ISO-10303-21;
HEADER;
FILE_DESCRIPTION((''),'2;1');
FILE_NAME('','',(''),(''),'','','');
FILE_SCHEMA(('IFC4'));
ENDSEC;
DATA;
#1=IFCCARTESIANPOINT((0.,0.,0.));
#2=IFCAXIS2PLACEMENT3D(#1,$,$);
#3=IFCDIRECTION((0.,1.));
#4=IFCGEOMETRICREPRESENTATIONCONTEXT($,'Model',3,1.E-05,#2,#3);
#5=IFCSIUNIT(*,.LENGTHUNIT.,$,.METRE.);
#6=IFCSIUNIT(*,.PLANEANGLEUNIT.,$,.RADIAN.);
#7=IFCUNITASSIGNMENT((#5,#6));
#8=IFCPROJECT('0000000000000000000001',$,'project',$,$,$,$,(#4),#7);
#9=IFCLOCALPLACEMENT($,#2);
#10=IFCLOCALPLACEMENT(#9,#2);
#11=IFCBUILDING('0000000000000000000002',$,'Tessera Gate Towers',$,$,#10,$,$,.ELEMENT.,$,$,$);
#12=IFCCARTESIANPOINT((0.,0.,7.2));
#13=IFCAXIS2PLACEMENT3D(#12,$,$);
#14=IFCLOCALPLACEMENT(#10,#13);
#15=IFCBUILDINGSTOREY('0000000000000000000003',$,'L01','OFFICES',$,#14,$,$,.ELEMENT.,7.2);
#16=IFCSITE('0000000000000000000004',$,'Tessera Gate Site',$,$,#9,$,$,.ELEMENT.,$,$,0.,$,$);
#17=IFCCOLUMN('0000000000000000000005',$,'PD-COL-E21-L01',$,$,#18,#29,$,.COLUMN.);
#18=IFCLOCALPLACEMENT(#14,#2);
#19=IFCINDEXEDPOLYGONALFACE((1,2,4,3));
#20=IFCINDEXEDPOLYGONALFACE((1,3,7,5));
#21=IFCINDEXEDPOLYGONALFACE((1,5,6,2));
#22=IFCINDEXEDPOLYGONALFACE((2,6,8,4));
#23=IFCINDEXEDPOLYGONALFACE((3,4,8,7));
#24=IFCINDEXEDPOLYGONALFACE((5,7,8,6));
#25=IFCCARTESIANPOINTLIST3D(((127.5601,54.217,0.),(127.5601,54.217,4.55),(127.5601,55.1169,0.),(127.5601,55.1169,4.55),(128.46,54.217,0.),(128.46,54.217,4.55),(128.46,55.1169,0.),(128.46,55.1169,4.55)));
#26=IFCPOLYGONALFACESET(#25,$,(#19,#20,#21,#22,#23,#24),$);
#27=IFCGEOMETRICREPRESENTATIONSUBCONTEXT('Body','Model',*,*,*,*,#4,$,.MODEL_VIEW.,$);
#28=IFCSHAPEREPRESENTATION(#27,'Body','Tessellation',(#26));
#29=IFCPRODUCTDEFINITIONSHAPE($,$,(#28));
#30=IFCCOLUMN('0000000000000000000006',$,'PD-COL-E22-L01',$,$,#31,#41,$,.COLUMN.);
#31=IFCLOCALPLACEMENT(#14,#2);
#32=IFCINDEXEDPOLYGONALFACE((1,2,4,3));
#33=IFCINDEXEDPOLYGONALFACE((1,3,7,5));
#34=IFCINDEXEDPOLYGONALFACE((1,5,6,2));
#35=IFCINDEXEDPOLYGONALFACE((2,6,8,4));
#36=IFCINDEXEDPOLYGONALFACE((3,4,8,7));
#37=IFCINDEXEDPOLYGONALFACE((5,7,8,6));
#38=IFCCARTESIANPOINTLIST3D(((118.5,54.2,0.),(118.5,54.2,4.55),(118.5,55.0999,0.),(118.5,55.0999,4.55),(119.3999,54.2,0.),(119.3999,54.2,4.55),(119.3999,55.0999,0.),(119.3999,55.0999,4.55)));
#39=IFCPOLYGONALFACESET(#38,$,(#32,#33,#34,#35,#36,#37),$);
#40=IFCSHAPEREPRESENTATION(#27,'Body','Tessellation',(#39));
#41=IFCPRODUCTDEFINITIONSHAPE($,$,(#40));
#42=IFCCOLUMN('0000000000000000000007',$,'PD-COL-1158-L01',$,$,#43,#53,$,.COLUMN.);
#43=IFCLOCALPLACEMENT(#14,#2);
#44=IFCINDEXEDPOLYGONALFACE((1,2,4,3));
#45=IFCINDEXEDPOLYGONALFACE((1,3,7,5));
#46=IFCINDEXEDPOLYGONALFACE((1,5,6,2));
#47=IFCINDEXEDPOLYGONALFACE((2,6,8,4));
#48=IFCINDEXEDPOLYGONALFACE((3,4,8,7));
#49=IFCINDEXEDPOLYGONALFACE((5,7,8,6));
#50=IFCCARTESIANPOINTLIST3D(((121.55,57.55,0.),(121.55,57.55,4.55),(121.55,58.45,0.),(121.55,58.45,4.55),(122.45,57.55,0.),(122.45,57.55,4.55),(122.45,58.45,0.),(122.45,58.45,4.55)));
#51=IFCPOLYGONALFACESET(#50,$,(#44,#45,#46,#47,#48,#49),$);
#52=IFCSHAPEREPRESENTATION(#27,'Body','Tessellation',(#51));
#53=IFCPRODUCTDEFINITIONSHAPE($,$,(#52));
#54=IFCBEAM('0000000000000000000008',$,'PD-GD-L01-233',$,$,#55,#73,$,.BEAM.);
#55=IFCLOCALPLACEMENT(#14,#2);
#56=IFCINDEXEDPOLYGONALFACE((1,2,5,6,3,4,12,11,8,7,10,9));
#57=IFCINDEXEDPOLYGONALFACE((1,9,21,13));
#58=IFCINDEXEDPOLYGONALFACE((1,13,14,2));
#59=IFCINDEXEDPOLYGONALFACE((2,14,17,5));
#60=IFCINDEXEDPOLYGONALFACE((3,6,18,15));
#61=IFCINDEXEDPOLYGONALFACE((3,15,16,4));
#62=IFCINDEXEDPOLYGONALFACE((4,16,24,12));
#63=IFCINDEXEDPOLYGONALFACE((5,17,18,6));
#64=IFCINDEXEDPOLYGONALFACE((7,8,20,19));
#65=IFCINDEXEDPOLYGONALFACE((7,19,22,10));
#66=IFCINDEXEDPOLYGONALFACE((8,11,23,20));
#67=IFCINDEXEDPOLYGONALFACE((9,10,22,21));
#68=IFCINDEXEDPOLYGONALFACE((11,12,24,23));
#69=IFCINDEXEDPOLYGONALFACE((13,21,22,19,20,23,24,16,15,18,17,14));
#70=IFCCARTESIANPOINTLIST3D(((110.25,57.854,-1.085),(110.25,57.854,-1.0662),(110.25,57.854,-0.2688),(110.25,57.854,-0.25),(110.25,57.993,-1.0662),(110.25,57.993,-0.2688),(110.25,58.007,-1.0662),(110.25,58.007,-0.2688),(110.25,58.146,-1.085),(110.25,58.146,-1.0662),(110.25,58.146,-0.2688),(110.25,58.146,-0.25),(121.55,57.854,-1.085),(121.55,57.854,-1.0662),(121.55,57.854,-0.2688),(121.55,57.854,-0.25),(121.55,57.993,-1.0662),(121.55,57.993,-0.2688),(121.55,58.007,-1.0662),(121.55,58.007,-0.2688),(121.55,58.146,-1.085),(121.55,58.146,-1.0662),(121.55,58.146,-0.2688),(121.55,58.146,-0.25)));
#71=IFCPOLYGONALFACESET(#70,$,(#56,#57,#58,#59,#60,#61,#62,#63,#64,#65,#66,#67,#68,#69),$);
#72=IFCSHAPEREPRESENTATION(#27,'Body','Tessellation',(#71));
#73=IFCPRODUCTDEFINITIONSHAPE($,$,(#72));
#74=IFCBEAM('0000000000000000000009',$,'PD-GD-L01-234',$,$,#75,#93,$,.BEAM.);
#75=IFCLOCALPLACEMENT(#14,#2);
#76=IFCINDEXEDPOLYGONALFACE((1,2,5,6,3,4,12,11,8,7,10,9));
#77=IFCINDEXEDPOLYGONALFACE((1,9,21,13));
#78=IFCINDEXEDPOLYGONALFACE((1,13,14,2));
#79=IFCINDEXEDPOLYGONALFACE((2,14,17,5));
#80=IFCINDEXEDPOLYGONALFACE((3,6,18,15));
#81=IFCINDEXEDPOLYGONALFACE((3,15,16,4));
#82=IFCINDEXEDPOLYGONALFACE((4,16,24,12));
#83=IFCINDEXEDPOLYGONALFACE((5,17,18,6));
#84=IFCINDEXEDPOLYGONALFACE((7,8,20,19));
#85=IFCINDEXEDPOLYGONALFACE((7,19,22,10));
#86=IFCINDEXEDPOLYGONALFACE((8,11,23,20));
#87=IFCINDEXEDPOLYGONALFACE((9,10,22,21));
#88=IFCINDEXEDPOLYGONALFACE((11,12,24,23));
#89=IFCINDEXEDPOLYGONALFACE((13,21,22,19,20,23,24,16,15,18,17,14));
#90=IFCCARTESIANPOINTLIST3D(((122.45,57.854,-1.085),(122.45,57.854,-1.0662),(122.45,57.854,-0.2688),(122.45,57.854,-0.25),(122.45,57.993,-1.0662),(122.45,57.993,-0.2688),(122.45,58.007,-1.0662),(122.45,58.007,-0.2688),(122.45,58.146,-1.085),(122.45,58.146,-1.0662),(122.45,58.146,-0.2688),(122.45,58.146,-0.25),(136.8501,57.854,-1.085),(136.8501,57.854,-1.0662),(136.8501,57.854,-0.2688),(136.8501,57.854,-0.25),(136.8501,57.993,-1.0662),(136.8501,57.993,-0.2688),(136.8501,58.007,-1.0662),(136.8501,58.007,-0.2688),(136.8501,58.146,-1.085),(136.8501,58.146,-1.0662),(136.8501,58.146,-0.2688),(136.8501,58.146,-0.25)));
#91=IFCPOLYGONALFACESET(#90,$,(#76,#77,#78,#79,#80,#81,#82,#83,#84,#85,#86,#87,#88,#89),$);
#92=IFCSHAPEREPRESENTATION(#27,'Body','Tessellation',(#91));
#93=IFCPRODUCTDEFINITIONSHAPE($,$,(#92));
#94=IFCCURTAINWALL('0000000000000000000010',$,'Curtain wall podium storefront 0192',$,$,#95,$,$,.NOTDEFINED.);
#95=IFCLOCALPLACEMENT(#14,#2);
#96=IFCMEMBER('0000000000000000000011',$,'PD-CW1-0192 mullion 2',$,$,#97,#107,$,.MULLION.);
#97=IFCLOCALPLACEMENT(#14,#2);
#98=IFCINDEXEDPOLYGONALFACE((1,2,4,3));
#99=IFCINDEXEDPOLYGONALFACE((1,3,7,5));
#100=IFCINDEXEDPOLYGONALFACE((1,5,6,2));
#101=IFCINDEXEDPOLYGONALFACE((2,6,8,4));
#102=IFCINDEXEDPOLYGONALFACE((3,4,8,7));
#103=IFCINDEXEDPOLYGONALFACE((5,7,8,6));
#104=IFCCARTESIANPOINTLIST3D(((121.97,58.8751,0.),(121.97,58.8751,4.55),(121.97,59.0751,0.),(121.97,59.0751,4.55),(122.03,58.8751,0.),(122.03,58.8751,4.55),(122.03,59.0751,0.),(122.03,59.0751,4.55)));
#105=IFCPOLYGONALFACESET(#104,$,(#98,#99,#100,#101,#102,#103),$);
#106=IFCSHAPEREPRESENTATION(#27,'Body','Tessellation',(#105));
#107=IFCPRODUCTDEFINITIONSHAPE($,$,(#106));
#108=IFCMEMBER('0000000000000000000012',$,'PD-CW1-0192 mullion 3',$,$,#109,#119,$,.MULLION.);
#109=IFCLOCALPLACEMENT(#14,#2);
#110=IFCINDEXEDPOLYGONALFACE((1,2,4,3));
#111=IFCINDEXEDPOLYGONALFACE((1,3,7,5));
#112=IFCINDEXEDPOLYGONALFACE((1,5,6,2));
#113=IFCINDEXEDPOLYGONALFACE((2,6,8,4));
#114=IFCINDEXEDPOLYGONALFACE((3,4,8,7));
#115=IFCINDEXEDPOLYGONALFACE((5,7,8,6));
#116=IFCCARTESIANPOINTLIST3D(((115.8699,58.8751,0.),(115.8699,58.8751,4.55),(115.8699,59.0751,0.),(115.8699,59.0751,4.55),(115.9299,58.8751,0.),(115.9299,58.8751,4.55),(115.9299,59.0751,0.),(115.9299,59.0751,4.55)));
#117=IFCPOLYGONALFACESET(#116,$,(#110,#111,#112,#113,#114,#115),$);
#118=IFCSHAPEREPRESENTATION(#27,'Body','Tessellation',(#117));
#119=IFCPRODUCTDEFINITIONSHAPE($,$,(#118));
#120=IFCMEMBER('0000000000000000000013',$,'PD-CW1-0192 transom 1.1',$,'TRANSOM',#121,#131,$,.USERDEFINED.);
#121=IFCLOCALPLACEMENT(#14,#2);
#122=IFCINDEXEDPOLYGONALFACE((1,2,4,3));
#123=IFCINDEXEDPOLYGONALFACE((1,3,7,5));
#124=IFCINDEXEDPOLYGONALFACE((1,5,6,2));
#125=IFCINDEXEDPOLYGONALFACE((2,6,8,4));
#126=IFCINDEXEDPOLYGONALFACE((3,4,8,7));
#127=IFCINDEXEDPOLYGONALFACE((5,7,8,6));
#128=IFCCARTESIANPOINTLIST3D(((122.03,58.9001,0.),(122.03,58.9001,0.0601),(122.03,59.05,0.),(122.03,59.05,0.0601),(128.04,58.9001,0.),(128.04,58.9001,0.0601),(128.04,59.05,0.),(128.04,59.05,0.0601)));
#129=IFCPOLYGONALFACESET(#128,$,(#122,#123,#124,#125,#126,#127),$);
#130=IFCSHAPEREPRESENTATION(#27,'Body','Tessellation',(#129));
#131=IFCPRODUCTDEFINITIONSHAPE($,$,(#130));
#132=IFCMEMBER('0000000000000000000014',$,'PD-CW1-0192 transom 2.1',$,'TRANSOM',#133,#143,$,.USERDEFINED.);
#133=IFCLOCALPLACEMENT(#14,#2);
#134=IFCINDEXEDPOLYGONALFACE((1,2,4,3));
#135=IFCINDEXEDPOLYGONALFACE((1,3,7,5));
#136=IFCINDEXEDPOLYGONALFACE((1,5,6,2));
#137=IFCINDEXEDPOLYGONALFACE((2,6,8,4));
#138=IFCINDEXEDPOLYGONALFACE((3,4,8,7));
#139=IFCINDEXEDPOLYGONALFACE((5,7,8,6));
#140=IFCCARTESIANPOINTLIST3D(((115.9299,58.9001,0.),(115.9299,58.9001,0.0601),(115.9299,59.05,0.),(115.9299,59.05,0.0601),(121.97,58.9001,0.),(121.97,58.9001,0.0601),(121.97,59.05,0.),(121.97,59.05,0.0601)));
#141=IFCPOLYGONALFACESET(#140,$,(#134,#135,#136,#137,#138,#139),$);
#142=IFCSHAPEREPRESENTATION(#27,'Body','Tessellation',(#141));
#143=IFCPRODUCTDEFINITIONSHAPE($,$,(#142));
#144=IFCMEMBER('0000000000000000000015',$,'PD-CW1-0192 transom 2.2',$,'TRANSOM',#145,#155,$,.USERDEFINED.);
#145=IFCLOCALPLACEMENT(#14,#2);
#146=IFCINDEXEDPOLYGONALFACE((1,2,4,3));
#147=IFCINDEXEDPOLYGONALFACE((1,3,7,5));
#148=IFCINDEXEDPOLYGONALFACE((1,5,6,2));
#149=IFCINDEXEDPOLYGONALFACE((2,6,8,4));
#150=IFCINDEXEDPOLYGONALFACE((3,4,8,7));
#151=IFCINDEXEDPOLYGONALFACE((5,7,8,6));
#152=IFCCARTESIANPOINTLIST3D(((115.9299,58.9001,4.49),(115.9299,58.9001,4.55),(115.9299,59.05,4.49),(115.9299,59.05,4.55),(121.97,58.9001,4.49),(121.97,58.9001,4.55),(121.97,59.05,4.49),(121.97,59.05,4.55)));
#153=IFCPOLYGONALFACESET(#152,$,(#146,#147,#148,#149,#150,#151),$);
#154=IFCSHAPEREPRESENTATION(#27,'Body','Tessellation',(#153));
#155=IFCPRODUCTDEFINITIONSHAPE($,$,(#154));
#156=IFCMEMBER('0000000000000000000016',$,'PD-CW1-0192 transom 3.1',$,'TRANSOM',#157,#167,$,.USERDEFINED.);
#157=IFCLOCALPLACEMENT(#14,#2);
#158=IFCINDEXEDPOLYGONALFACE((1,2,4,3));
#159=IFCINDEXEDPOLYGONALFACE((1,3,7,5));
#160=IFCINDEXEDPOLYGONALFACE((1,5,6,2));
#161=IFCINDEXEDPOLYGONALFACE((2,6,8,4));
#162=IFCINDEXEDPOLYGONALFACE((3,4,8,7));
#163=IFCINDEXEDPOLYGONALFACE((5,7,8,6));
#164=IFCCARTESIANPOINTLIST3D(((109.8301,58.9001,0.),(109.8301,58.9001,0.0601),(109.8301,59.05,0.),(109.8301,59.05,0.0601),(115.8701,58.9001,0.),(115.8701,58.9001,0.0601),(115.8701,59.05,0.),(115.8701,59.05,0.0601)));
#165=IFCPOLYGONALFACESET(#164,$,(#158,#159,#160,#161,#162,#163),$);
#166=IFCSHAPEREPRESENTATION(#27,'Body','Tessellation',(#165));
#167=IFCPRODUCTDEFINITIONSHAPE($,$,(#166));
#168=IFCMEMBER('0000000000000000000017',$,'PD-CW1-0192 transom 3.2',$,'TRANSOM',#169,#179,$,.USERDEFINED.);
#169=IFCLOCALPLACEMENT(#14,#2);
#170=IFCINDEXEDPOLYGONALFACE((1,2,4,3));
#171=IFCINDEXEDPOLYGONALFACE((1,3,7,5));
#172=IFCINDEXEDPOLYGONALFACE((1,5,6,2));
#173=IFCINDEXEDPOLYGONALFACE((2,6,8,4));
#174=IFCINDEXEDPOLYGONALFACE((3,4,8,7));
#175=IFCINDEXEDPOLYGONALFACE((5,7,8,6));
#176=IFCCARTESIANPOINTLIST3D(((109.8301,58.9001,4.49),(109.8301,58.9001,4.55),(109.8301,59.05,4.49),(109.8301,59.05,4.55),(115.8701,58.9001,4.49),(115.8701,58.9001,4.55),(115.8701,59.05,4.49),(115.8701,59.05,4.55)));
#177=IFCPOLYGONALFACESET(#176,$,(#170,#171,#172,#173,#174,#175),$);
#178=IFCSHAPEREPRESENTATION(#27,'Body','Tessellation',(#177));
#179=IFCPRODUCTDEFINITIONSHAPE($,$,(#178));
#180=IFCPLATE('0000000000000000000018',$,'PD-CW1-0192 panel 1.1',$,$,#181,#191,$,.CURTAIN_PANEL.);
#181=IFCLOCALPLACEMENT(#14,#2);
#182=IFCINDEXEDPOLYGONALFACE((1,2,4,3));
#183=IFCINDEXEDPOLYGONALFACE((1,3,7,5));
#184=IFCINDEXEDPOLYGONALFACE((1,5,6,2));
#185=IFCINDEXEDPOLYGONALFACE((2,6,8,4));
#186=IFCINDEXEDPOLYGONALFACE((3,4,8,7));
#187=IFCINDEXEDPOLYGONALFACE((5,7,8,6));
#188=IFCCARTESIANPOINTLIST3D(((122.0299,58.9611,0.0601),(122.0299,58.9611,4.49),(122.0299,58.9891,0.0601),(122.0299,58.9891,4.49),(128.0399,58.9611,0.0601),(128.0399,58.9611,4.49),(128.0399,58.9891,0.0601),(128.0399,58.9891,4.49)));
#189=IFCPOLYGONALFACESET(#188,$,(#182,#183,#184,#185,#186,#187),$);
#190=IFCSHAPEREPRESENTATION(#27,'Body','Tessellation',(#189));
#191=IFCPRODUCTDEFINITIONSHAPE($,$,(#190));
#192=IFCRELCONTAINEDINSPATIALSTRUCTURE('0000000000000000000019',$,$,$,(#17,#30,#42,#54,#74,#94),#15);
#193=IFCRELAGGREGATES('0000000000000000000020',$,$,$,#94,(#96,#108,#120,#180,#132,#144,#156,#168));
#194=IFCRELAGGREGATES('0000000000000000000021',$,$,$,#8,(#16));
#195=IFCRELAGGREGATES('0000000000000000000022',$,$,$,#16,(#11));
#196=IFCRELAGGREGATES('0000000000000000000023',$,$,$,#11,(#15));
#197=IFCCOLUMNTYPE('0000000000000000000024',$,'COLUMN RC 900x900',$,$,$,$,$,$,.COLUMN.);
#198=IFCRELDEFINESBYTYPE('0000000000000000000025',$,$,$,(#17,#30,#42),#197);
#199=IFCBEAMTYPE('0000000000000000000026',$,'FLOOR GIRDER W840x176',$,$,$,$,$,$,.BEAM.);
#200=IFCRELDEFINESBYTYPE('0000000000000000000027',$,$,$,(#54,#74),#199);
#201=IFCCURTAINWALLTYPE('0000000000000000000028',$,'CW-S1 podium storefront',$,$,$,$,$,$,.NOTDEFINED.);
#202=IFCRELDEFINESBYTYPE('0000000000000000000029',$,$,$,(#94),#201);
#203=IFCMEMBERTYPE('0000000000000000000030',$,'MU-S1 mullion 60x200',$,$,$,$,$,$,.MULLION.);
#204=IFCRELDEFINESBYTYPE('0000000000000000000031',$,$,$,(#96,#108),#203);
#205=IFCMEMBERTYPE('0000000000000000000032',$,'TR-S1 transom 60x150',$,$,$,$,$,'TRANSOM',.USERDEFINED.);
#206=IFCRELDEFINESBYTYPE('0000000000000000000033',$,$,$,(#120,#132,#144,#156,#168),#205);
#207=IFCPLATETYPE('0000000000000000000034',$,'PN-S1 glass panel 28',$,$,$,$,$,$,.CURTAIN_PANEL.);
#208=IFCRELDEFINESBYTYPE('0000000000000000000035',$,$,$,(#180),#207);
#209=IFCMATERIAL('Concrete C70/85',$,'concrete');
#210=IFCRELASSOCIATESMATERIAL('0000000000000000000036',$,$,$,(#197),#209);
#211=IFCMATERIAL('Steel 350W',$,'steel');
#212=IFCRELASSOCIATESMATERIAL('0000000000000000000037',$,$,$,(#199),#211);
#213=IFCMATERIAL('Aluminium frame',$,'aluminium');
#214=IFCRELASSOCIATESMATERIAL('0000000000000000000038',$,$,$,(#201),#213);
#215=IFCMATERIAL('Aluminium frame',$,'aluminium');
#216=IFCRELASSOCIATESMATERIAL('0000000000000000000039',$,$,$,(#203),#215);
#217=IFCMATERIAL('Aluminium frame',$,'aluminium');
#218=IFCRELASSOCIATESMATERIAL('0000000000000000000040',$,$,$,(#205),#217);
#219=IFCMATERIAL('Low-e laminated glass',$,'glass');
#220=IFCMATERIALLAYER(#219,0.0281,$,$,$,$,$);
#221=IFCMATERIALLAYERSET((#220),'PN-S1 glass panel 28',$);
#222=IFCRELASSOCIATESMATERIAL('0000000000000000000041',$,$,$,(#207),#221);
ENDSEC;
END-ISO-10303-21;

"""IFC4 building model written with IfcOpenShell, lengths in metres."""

from ifc_helpers import new_model, si_unit, direction, frame, origin, origin_2d, place, context, subcontext, project, spatial, rectangle, i_section, extrude, material, layer, layer_set, material_profile, profile_set, type_object, element, aggregate, save


model = new_model("IFC4")

# Units and contexts
model_context = context("Model", 3, precision=1e-05, world=origin(), true_north=direction((0.0, 1.0)))
body_context = subcontext(model_context, "Body", "Model", "MODEL_VIEW")
ifc_project = project(units=[si_unit("LENGTHUNIT", "METRE"), si_unit("PLANEANGLEUNIT", "RADIAN")], contexts=[model_context])

# Site, building, storey
site_placement = place(None, origin())
site = spatial("IfcSite", under=ifc_project, at=site_placement, Name="Tessera Gate Site", CompositionType="ELEMENT", RefElevation=0.0)
building_placement = place(site_placement, origin())
building = spatial("IfcBuilding", under=site, at=building_placement, Name="Tessera Gate Towers", CompositionType="ELEMENT")
storey_placement = place(building_placement, frame((0.0, 0.0, 7.2)))
storey = spatial("IfcBuildingStorey", under=building, at=storey_placement, Name="L01", Description="OFFICES", CompositionType="ELEMENT", Elevation=7.2)

# Columns
ifc_material_1 = material(Name="Concrete C70/85", Category="concrete")
ifc_material_profile_1 = material_profile(ifc_material_1, rectangle(XDim=0.8999, YDim=0.8999, at=origin_2d()), Name="RC 900x900")
ifc_profile_set_1 = profile_set([ifc_material_profile_1], Name="Concrete C70/85")
column_type = type_object("IfcColumnType", Name="COLUMN RC 900x900", PredefinedType="COLUMN", material=ifc_profile_set_1)
for number, where, z_axis, x_axis, name in (
    (1, (128.01, 54.667, 0.0), (0.0, 0.0, 1.0), (1.0, 0.0, 0.0), "PD-COL-E21-L01"),
    (2, (118.95, 54.6499, 0.0), (0.0, 0.0, 1.0), (1.0, 0.0, 0.0), "PD-COL-E22-L01"),
    (3, (122.0, 58.0, 0.0), (0.0, 0.0, 1.0), (1.0, 0.0, 0.0), "PD-COL-1158-L01"),
):
    element("IfcColumn", number, at=place(storey_placement, frame(where, z_axis=z_axis, x_axis=x_axis)), inside=storey, type_object=column_type, Name=name, PredefinedType="COLUMN", context=body_context, shape_type="SweptSolid", body=[
        extrude(rectangle(XDim=0.8999, YDim=0.8999, at=origin_2d()), origin(), (0.0, 0.0, 1.0), 4.55),
    ])

# Beams
ifc_material_2 = material(Name="Steel 350W", Category="steel")
ifc_material_profile_2 = material_profile(ifc_material_2, i_section(OverallWidth=0.292, OverallDepth=0.835, WebThickness=0.0139, FlangeThickness=0.0188, at=origin_2d()), Name="W840x176")
ifc_profile_set_2 = profile_set([ifc_material_profile_2], Name="Steel 350W")
beam_type = type_object("IfcBeamType", Name="FLOOR GIRDER W840x176", PredefinedType="BEAM", material=ifc_profile_set_2)
beam_1_placement = place(storey_placement, frame((110.25, 58.0, -0.6675), z_axis=(1.0, 0.0, 0.0), x_axis=(0.0, 1.0, 0.0)))
element("IfcBeam", 4, at=beam_1_placement, inside=storey, type_object=beam_type, Name="PD-GD-L01-233", PredefinedType="BEAM", context=body_context, shape_type="SweptSolid", body=[
    extrude(i_section(OverallWidth=0.292, OverallDepth=0.835, WebThickness=0.0139, FlangeThickness=0.0188, at=origin_2d()), origin(), (0.0, 0.0, 1.0), 11.3),
])
beam_2_placement = place(storey_placement, frame((122.45, 58.0, -0.6675), z_axis=(1.0, 0.0, 0.0), x_axis=(0.0, 1.0, 0.0)))
element("IfcBeam", 5, at=beam_2_placement, inside=storey, type_object=beam_type, Name="PD-GD-L01-234", PredefinedType="BEAM", context=body_context, shape_type="SweptSolid", body=[
    extrude(i_section(OverallWidth=0.292, OverallDepth=0.835, WebThickness=0.0139, FlangeThickness=0.0188, at=origin_2d()), origin(), (0.0, 0.0, 1.0), 14.4001),
])

# Curtain wall, members, plate
ifc_material_3 = material(Name="Aluminium frame", Category="aluminium")
curtain_wall_type = type_object("IfcCurtainWallType", Name="CW-S1 podium storefront", PredefinedType="NOTDEFINED", material=ifc_material_3)
curtain_wall_placement = place(storey_placement, origin())
curtain_wall = element("IfcCurtainWall", 6, at=curtain_wall_placement, inside=storey, type_object=curtain_wall_type, Name="Curtain wall podium storefront 0192", PredefinedType="NOTDEFINED")
ifc_material_4 = material(Name="Aluminium frame", Category="aluminium")
ifc_material_profile_3 = material_profile(ifc_material_4, rectangle(XDim=0.0601, YDim=0.2, at=origin_2d()), Name="AL 60x200")
ifc_profile_set_3 = profile_set([ifc_material_profile_3], Name="Aluminium frame")
member_type_1 = type_object("IfcMemberType", Name="MU-S1 mullion 60x200", PredefinedType="MULLION", material=ifc_profile_set_3)
member_1_placement = place(storey_placement, frame((122.0, 58.9751, 0.0), z_axis=(0.0, 0.0, 1.0), x_axis=(-1.0, 0.0, 0.0)))
member_1 = element("IfcMember", 7, at=member_1_placement, type_object=member_type_1, Name="PD-CW1-0192 mullion 2", PredefinedType="MULLION", context=body_context, shape_type="SweptSolid", body=[
    extrude(rectangle(XDim=0.0601, YDim=0.2, at=origin_2d()), origin(), (0.0, 0.0, 1.0), 4.55),
])
member_2_placement = place(storey_placement, frame((115.8999, 58.9751, 0.0), z_axis=(0.0, 0.0, 1.0), x_axis=(-1.0, 0.0, 0.0)))
member_2 = element("IfcMember", 8, at=member_2_placement, type_object=member_type_1, Name="PD-CW1-0192 mullion 3", PredefinedType="MULLION", context=body_context, shape_type="SweptSolid", body=[
    extrude(rectangle(XDim=0.0601, YDim=0.2, at=origin_2d()), origin(), (0.0, 0.0, 1.0), 4.55),
])
ifc_material_5 = material(Name="Aluminium frame", Category="aluminium")
ifc_material_profile_4 = material_profile(ifc_material_5, rectangle(XDim=0.1499, YDim=0.0601, at=origin_2d()), Name="AL 60x150")
ifc_profile_set_4 = profile_set([ifc_material_profile_4], Name="Aluminium frame")
member_type_2 = type_object("IfcMemberType", Name="TR-S1 transom 60x150", ElementType="TRANSOM", PredefinedType="USERDEFINED", material=ifc_profile_set_4)
member_3_placement = place(storey_placement, frame((128.04, 58.9751, 0.03), z_axis=(-1.0, 0.0, 0.0), x_axis=(0.0, -1.0, 0.0)))
member_3 = element("IfcMember", 9, at=member_3_placement, type_object=member_type_2, Name="PD-CW1-0192 transom 1.1", ObjectType="TRANSOM", PredefinedType="USERDEFINED", context=body_context, shape_type="SweptSolid", body=[
    extrude(rectangle(XDim=0.1499, YDim=0.0601, at=origin_2d()), origin(), (0.0, 0.0, 1.0), 6.01),
])
member_4_placement = place(storey_placement, frame((121.97, 58.9751, 0.03), z_axis=(-1.0, 0.0, 0.0), x_axis=(0.0, -1.0, 0.0)))
member_4 = element("IfcMember", 10, at=member_4_placement, type_object=member_type_2, Name="PD-CW1-0192 transom 2.1", ObjectType="TRANSOM", PredefinedType="USERDEFINED", context=body_context, shape_type="SweptSolid", body=[
    extrude(rectangle(XDim=0.1499, YDim=0.0601, at=origin_2d()), origin(), (0.0, 0.0, 1.0), 6.04),
])
member_5_placement = place(storey_placement, frame((121.97, 58.9751, 4.52), z_axis=(-1.0, 0.0, 0.0), x_axis=(0.0, -1.0, 0.0)))
member_5 = element("IfcMember", 11, at=member_5_placement, type_object=member_type_2, Name="PD-CW1-0192 transom 2.2", ObjectType="TRANSOM", PredefinedType="USERDEFINED", context=body_context, shape_type="SweptSolid", body=[
    extrude(rectangle(XDim=0.1499, YDim=0.0601, at=origin_2d()), origin(), (0.0, 0.0, 1.0), 6.04),
])
member_6_placement = place(storey_placement, frame((115.8701, 58.9751, 0.03), z_axis=(-1.0, 0.0, 0.0), x_axis=(0.0, -1.0, 0.0)))
member_6 = element("IfcMember", 12, at=member_6_placement, type_object=member_type_2, Name="PD-CW1-0192 transom 3.1", ObjectType="TRANSOM", PredefinedType="USERDEFINED", context=body_context, shape_type="SweptSolid", body=[
    extrude(rectangle(XDim=0.1499, YDim=0.0601, at=origin_2d()), origin(), (0.0, 0.0, 1.0), 6.04),
])
member_7_placement = place(storey_placement, frame((115.8701, 58.9751, 4.52), z_axis=(-1.0, 0.0, 0.0), x_axis=(0.0, -1.0, 0.0)))
member_7 = element("IfcMember", 13, at=member_7_placement, type_object=member_type_2, Name="PD-CW1-0192 transom 3.2", ObjectType="TRANSOM", PredefinedType="USERDEFINED", context=body_context, shape_type="SweptSolid", body=[
    extrude(rectangle(XDim=0.1499, YDim=0.0601, at=origin_2d()), origin(), (0.0, 0.0, 1.0), 6.04),
])
ifc_material_6 = material(Name="Low-e laminated glass", Category="glass")
ifc_layer_1 = layer(ifc_material_6, 0.0281)
ifc_layer_set_1 = layer_set([ifc_layer_1], Name="PN-S1 glass panel 28")
plate_type = type_object("IfcPlateType", Name="PN-S1 glass panel 28", PredefinedType="CURTAIN_PANEL", material=ifc_layer_set_1)
plate_1_placement = place(storey_placement, frame((125.0349, 58.9751, 0.0601), z_axis=(0.0, 0.0, 1.0), x_axis=(-1.0, 0.0, 0.0)))
plate_1 = element("IfcPlate", 14, at=plate_1_placement, type_object=plate_type, Name="PD-CW1-0192 panel 1.1", PredefinedType="CURTAIN_PANEL", context=body_context, shape_type="SweptSolid", body=[
    extrude(rectangle(XDim=6.01, YDim=0.0281, at=origin_2d()), origin(), (0.0, 0.0, 1.0), 4.4299),
])
aggregate(curtain_wall, [member_1, member_2, member_3, plate_1, member_4, member_5, member_6, member_7])

save(model, "model.ifc")
